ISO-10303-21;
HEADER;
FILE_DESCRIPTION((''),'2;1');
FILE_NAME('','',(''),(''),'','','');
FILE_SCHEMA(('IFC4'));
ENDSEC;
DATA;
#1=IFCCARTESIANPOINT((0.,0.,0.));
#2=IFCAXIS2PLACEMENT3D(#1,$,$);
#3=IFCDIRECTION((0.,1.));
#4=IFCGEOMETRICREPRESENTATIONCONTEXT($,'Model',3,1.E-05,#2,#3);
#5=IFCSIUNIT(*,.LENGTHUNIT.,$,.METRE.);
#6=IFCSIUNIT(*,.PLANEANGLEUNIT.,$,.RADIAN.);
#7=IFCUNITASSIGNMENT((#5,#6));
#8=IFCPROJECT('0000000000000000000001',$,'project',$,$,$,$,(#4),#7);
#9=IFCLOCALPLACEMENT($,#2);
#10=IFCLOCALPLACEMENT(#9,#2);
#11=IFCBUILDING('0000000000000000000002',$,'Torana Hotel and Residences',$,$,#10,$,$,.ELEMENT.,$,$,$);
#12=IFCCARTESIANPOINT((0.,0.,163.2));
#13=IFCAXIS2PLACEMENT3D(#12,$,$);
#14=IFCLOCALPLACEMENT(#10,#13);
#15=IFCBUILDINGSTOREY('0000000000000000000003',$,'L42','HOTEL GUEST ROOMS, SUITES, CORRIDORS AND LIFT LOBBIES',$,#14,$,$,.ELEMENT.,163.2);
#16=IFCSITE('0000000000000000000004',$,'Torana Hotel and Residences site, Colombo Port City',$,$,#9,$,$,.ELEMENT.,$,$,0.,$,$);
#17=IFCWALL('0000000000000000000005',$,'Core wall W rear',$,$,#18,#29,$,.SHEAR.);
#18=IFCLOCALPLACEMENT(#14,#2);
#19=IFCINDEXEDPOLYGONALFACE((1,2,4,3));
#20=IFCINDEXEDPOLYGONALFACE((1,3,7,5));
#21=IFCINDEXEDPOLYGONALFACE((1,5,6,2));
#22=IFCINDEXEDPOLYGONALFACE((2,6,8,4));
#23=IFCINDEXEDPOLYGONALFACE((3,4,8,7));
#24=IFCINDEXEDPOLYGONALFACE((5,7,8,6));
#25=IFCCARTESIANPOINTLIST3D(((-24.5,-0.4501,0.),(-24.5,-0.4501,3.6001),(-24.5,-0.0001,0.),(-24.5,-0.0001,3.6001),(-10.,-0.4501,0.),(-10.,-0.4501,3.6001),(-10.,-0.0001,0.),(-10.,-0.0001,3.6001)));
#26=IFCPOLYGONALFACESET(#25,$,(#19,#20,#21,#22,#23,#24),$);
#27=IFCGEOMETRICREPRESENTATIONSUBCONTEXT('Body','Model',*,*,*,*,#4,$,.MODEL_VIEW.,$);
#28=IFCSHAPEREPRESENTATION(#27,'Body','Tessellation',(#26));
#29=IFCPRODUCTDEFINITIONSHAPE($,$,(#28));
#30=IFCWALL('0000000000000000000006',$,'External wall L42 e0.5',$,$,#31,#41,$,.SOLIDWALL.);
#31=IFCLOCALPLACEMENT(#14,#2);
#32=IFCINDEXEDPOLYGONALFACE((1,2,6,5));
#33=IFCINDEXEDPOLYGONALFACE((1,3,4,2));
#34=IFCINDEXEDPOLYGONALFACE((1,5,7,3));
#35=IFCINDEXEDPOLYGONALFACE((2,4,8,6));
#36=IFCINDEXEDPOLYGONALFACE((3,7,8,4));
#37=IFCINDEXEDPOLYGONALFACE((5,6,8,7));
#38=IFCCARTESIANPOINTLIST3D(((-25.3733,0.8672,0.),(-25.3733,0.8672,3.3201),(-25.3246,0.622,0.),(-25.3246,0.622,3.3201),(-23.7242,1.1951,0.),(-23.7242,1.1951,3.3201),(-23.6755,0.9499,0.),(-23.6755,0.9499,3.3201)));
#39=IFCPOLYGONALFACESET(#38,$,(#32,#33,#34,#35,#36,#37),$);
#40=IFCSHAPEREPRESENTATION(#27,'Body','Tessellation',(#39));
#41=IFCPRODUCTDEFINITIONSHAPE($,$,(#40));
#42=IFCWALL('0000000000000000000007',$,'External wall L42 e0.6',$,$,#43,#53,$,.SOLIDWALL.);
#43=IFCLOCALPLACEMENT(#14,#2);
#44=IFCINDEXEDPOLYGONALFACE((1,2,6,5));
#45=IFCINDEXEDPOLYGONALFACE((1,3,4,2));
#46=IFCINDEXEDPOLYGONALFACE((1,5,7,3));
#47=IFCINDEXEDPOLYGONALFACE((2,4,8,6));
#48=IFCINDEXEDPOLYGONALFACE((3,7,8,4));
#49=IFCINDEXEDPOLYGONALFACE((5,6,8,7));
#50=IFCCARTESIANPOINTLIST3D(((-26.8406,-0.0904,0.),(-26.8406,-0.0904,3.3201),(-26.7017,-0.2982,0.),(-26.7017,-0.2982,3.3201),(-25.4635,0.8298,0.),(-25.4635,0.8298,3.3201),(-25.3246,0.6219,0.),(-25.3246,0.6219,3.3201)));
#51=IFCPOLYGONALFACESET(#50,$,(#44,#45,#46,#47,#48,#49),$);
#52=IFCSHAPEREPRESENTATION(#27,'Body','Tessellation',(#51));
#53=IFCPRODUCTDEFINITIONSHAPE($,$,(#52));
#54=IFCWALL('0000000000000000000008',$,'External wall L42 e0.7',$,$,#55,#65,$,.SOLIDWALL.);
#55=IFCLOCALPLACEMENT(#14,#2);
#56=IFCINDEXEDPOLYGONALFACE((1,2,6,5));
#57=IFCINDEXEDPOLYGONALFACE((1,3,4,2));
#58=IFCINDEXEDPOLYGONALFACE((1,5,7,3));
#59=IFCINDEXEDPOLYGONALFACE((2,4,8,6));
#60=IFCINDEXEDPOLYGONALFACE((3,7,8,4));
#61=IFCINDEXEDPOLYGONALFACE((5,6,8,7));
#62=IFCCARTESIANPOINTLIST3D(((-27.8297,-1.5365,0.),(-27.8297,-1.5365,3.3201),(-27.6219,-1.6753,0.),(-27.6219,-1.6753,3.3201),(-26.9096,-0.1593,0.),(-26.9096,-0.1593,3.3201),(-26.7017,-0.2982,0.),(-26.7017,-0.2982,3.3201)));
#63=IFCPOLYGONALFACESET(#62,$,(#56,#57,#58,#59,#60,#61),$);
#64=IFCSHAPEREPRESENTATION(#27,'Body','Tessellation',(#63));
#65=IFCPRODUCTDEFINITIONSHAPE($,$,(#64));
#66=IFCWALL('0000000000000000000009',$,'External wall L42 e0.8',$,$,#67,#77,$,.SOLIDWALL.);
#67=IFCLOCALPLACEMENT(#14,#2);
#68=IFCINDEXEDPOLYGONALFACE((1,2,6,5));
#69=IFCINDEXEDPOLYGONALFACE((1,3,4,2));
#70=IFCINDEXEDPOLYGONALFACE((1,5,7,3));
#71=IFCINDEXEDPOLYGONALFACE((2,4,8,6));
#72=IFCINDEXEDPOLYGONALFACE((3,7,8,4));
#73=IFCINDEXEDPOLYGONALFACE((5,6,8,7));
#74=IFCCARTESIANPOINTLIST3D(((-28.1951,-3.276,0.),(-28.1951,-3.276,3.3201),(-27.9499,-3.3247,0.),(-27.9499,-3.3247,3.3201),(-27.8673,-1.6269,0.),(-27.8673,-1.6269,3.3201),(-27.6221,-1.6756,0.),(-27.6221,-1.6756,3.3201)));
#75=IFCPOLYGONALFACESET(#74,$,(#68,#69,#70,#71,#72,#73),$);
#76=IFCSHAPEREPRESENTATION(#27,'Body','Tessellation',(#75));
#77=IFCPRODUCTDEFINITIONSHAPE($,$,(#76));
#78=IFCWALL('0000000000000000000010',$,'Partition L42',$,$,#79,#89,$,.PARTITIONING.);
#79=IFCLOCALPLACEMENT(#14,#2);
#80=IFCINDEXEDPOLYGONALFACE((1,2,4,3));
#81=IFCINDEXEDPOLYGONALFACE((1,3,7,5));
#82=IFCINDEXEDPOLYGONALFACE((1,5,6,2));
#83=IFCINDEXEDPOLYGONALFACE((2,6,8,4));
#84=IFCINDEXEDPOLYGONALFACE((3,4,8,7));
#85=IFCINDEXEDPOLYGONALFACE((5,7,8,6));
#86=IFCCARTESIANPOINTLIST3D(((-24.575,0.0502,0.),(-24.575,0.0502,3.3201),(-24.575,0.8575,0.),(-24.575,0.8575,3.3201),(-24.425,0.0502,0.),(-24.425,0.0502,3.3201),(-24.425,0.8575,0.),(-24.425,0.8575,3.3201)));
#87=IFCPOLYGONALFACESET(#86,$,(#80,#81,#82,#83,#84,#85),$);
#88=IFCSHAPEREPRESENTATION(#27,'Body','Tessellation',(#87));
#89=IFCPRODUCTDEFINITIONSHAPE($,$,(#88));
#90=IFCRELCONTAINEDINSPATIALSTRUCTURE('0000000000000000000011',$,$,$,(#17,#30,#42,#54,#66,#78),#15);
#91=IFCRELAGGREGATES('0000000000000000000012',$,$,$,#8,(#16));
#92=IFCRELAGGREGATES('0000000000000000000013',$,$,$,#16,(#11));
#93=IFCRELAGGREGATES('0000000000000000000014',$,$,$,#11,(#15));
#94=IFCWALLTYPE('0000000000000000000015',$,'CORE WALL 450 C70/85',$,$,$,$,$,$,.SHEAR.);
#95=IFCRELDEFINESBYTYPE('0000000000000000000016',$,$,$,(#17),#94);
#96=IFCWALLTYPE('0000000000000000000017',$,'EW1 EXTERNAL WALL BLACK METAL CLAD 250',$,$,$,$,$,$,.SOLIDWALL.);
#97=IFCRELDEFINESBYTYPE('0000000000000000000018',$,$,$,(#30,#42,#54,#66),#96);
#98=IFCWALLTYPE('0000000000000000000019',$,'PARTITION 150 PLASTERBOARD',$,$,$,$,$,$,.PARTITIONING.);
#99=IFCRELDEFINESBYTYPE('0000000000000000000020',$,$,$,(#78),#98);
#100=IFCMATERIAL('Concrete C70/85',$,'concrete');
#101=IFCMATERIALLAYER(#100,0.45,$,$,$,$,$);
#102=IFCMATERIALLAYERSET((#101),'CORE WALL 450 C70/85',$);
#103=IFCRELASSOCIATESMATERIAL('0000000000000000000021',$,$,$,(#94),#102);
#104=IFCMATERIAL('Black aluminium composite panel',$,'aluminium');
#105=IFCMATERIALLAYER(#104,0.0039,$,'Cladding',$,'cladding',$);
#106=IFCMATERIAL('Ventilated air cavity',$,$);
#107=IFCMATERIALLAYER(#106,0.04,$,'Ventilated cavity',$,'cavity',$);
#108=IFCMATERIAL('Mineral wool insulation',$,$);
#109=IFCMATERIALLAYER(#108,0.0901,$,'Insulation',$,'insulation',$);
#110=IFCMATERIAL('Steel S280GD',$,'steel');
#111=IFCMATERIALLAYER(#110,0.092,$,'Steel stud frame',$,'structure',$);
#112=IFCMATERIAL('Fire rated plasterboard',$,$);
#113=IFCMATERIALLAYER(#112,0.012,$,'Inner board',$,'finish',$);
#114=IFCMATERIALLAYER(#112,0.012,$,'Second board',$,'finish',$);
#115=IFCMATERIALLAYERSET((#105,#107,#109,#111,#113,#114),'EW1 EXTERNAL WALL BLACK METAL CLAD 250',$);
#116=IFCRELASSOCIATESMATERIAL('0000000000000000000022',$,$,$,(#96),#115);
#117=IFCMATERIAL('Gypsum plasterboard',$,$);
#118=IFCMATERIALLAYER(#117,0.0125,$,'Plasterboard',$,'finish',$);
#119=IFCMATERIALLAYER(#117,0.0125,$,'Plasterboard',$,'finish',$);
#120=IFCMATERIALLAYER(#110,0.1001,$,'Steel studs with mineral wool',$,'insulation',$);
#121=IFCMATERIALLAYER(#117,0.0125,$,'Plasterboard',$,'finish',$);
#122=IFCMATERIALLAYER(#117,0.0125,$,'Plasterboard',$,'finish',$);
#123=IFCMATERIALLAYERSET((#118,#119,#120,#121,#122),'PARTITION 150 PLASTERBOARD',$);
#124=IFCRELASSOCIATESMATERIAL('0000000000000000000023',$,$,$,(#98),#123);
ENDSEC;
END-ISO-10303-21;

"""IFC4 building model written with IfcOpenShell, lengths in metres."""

from ifc_helpers import new_model, si_unit, direction, frame, frame_2d, origin, place, context, subcontext, project, spatial, rectangle, extrude, material, layer, layer_set, type_object, element, save


model = new_model("IFC4")

# Units and contexts
model_context = context("Model", 3, precision=1e-05, world=origin(), true_north=direction((0.0, 1.0)))
body_context = subcontext(model_context, "Body", "Model", "MODEL_VIEW")
ifc_project = project(units=[si_unit("LENGTHUNIT", "METRE"), si_unit("PLANEANGLEUNIT", "RADIAN")], contexts=[model_context])

# Site, building, storey
site_placement = place(None, origin())
site = spatial("IfcSite", under=ifc_project, at=site_placement, Name="Torana Hotel and Residences site, Colombo Port City", CompositionType="ELEMENT", RefElevation=0.0)
building_placement = place(site_placement, origin())
building = spatial("IfcBuilding", under=site, at=building_placement, Name="Torana Hotel and Residences", CompositionType="ELEMENT")
storey_placement = place(building_placement, frame((0.0, 0.0, 163.2)))
storey = spatial("IfcBuildingStorey", under=building, at=storey_placement, Name="L42", Description="HOTEL GUEST ROOMS, SUITES, CORRIDORS AND LIFT LOBBIES", CompositionType="ELEMENT", Elevation=163.2)

# Walls
ifc_material_1 = material(Name="Concrete C70/85", Category="concrete")
ifc_layer_1 = layer(ifc_material_1, 0.45)
ifc_layer_set_1 = layer_set([ifc_layer_1], Name="CORE WALL 450 C70/85")
wall_type_1 = type_object("IfcWallType", Name="CORE WALL 450 C70/85", PredefinedType="SHEAR", material=ifc_layer_set_1)
wall_1_placement = place(storey_placement, frame((-24.5, -0.2251, 0.0), z_axis=(0.0, 0.0, 1.0), x_axis=(1.0, 0.0, 0.0)))
element("IfcWall", 1, at=wall_1_placement, inside=storey, type_object=wall_type_1, Name="Core wall W rear", PredefinedType="SHEAR", context=body_context, shape_type="SweptSolid", body=[
    extrude(rectangle(XDim=14.5, YDim=0.45, at=frame_2d((7.25, 0.0))), origin(), (0.0, 0.0, 1.0), 3.6001),
])
ifc_material_2 = material(Name="Black aluminium composite panel", Category="aluminium")
ifc_layer_2 = layer(ifc_material_2, 0.0039, Name="Cladding", Category="cladding")
ifc_material_3 = material(Name="Ventilated air cavity")
ifc_layer_3 = layer(ifc_material_3, 0.04, Name="Ventilated cavity", Category="cavity")
ifc_material_4 = material(Name="Mineral wool insulation")
ifc_layer_4 = layer(ifc_material_4, 0.0901, Name="Insulation", Category="insulation")
ifc_material_5 = material(Name="Steel S280GD", Category="steel")
ifc_layer_5 = layer(ifc_material_5, 0.092, Name="Steel stud frame", Category="structure")
ifc_material_6 = material(Name="Fire rated plasterboard")
ifc_layer_6 = layer(ifc_material_6, 0.012, Name="Inner board", Category="finish")
ifc_layer_7 = layer(ifc_material_6, 0.012, Name="Second board", Category="finish")
ifc_layer_set_2 = layer_set([ifc_layer_2, ifc_layer_3, ifc_layer_4, ifc_layer_5, ifc_layer_6, ifc_layer_7], Name="EW1 EXTERNAL WALL BLACK METAL CLAD 250")
wall_type_2 = type_object("IfcWallType", Name="EW1 EXTERNAL WALL BLACK METAL CLAD 250", PredefinedType="SOLIDWALL", material=ifc_layer_set_2)
wall_2_placement = place(storey_placement, frame((-23.6997, 1.0725, 0.0), z_axis=(0.0, 0.0, 1.0), x_axis=(-0.980803, -0.194999, 0.0)))
element("IfcWall", 2, at=wall_2_placement, inside=storey, type_object=wall_type_2, Name="External wall L42 e0.5", PredefinedType="SOLIDWALL", context=body_context, shape_type="SweptSolid", body=[
    extrude(rectangle(XDim=1.6814, YDim=0.25, at=frame_2d((0.8408, 0.0))), origin(), (0.0, 0.0, 1.0), 3.3201),
])
for number, where, z_axis, x_axis, name in (
    (3, (-25.394, 0.7258, 0.0), (0.0, 0.0, 1.0), (-0.831483, -0.55555, 0.0), "External wall L42 e0.6"),
    (4, (-26.8057, -0.2288, 0.0), (0.0, 0.0, 1.0), (-0.55555, -0.831483, 0.0), "External wall L42 e0.7"),
):
    element("IfcWall", number, at=place(storey_placement, frame(where, z_axis=z_axis, x_axis=x_axis)), inside=storey, type_object=wall_type_2, Name=name, PredefinedType="SOLIDWALL", context=body_context, shape_type="SweptSolid", body=[
        extrude(rectangle(XDim=1.6562, YDim=0.25, at=frame_2d((0.8281, 0.0))), origin(), (0.0, 0.0, 1.0), 3.3201),
    ])
wall_3_placement = place(storey_placement, frame((-27.7446, -1.6511, 0.0), z_axis=(0.0, 0.0, 1.0), x_axis=(-0.194999, -0.980803, 0.0)))
element("IfcWall", 5, at=wall_3_placement, inside=storey, type_object=wall_type_2, Name="External wall L42 e0.8", PredefinedType="SOLIDWALL", context=body_context, shape_type="SweptSolid", body=[
    extrude(rectangle(XDim=1.6814, YDim=0.25, at=frame_2d((0.8408, 0.0))), origin(), (0.0, 0.0, 1.0), 3.3201),
])
ifc_material_7 = material(Name="Gypsum plasterboard")
ifc_layer_8 = layer(ifc_material_7, 0.0125, Name="Plasterboard", Category="finish")
ifc_layer_9 = layer(ifc_material_7, 0.0125, Name="Plasterboard", Category="finish")
ifc_layer_10 = layer(ifc_material_5, 0.1001, Name="Steel studs with mineral wool", Category="insulation")
ifc_layer_11 = layer(ifc_material_7, 0.0125, Name="Plasterboard", Category="finish")
ifc_layer_12 = layer(ifc_material_7, 0.0125, Name="Plasterboard", Category="finish")
ifc_layer_set_3 = layer_set([ifc_layer_8, ifc_layer_9, ifc_layer_10, ifc_layer_11, ifc_layer_12], Name="PARTITION 150 PLASTERBOARD")
wall_type_3 = type_object("IfcWallType", Name="PARTITION 150 PLASTERBOARD", PredefinedType="PARTITIONING", material=ifc_layer_set_3)
wall_4_placement = place(storey_placement, frame((-24.5, 0.05, 0.0), z_axis=(0.0, 0.0, 1.0), x_axis=(0.0, 1.0, 0.0)))
element("IfcWall", 6, at=wall_4_placement, inside=storey, type_object=wall_type_3, Name="Partition L42", PredefinedType="PARTITIONING", context=body_context, shape_type="SweptSolid", body=[
    extrude(rectangle(XDim=0.8074, YDim=0.1499, at=frame_2d((0.4038, 0.0))), origin(), (0.0, 0.0, 1.0), 3.3201),
])

save(model, "model.ifc")
